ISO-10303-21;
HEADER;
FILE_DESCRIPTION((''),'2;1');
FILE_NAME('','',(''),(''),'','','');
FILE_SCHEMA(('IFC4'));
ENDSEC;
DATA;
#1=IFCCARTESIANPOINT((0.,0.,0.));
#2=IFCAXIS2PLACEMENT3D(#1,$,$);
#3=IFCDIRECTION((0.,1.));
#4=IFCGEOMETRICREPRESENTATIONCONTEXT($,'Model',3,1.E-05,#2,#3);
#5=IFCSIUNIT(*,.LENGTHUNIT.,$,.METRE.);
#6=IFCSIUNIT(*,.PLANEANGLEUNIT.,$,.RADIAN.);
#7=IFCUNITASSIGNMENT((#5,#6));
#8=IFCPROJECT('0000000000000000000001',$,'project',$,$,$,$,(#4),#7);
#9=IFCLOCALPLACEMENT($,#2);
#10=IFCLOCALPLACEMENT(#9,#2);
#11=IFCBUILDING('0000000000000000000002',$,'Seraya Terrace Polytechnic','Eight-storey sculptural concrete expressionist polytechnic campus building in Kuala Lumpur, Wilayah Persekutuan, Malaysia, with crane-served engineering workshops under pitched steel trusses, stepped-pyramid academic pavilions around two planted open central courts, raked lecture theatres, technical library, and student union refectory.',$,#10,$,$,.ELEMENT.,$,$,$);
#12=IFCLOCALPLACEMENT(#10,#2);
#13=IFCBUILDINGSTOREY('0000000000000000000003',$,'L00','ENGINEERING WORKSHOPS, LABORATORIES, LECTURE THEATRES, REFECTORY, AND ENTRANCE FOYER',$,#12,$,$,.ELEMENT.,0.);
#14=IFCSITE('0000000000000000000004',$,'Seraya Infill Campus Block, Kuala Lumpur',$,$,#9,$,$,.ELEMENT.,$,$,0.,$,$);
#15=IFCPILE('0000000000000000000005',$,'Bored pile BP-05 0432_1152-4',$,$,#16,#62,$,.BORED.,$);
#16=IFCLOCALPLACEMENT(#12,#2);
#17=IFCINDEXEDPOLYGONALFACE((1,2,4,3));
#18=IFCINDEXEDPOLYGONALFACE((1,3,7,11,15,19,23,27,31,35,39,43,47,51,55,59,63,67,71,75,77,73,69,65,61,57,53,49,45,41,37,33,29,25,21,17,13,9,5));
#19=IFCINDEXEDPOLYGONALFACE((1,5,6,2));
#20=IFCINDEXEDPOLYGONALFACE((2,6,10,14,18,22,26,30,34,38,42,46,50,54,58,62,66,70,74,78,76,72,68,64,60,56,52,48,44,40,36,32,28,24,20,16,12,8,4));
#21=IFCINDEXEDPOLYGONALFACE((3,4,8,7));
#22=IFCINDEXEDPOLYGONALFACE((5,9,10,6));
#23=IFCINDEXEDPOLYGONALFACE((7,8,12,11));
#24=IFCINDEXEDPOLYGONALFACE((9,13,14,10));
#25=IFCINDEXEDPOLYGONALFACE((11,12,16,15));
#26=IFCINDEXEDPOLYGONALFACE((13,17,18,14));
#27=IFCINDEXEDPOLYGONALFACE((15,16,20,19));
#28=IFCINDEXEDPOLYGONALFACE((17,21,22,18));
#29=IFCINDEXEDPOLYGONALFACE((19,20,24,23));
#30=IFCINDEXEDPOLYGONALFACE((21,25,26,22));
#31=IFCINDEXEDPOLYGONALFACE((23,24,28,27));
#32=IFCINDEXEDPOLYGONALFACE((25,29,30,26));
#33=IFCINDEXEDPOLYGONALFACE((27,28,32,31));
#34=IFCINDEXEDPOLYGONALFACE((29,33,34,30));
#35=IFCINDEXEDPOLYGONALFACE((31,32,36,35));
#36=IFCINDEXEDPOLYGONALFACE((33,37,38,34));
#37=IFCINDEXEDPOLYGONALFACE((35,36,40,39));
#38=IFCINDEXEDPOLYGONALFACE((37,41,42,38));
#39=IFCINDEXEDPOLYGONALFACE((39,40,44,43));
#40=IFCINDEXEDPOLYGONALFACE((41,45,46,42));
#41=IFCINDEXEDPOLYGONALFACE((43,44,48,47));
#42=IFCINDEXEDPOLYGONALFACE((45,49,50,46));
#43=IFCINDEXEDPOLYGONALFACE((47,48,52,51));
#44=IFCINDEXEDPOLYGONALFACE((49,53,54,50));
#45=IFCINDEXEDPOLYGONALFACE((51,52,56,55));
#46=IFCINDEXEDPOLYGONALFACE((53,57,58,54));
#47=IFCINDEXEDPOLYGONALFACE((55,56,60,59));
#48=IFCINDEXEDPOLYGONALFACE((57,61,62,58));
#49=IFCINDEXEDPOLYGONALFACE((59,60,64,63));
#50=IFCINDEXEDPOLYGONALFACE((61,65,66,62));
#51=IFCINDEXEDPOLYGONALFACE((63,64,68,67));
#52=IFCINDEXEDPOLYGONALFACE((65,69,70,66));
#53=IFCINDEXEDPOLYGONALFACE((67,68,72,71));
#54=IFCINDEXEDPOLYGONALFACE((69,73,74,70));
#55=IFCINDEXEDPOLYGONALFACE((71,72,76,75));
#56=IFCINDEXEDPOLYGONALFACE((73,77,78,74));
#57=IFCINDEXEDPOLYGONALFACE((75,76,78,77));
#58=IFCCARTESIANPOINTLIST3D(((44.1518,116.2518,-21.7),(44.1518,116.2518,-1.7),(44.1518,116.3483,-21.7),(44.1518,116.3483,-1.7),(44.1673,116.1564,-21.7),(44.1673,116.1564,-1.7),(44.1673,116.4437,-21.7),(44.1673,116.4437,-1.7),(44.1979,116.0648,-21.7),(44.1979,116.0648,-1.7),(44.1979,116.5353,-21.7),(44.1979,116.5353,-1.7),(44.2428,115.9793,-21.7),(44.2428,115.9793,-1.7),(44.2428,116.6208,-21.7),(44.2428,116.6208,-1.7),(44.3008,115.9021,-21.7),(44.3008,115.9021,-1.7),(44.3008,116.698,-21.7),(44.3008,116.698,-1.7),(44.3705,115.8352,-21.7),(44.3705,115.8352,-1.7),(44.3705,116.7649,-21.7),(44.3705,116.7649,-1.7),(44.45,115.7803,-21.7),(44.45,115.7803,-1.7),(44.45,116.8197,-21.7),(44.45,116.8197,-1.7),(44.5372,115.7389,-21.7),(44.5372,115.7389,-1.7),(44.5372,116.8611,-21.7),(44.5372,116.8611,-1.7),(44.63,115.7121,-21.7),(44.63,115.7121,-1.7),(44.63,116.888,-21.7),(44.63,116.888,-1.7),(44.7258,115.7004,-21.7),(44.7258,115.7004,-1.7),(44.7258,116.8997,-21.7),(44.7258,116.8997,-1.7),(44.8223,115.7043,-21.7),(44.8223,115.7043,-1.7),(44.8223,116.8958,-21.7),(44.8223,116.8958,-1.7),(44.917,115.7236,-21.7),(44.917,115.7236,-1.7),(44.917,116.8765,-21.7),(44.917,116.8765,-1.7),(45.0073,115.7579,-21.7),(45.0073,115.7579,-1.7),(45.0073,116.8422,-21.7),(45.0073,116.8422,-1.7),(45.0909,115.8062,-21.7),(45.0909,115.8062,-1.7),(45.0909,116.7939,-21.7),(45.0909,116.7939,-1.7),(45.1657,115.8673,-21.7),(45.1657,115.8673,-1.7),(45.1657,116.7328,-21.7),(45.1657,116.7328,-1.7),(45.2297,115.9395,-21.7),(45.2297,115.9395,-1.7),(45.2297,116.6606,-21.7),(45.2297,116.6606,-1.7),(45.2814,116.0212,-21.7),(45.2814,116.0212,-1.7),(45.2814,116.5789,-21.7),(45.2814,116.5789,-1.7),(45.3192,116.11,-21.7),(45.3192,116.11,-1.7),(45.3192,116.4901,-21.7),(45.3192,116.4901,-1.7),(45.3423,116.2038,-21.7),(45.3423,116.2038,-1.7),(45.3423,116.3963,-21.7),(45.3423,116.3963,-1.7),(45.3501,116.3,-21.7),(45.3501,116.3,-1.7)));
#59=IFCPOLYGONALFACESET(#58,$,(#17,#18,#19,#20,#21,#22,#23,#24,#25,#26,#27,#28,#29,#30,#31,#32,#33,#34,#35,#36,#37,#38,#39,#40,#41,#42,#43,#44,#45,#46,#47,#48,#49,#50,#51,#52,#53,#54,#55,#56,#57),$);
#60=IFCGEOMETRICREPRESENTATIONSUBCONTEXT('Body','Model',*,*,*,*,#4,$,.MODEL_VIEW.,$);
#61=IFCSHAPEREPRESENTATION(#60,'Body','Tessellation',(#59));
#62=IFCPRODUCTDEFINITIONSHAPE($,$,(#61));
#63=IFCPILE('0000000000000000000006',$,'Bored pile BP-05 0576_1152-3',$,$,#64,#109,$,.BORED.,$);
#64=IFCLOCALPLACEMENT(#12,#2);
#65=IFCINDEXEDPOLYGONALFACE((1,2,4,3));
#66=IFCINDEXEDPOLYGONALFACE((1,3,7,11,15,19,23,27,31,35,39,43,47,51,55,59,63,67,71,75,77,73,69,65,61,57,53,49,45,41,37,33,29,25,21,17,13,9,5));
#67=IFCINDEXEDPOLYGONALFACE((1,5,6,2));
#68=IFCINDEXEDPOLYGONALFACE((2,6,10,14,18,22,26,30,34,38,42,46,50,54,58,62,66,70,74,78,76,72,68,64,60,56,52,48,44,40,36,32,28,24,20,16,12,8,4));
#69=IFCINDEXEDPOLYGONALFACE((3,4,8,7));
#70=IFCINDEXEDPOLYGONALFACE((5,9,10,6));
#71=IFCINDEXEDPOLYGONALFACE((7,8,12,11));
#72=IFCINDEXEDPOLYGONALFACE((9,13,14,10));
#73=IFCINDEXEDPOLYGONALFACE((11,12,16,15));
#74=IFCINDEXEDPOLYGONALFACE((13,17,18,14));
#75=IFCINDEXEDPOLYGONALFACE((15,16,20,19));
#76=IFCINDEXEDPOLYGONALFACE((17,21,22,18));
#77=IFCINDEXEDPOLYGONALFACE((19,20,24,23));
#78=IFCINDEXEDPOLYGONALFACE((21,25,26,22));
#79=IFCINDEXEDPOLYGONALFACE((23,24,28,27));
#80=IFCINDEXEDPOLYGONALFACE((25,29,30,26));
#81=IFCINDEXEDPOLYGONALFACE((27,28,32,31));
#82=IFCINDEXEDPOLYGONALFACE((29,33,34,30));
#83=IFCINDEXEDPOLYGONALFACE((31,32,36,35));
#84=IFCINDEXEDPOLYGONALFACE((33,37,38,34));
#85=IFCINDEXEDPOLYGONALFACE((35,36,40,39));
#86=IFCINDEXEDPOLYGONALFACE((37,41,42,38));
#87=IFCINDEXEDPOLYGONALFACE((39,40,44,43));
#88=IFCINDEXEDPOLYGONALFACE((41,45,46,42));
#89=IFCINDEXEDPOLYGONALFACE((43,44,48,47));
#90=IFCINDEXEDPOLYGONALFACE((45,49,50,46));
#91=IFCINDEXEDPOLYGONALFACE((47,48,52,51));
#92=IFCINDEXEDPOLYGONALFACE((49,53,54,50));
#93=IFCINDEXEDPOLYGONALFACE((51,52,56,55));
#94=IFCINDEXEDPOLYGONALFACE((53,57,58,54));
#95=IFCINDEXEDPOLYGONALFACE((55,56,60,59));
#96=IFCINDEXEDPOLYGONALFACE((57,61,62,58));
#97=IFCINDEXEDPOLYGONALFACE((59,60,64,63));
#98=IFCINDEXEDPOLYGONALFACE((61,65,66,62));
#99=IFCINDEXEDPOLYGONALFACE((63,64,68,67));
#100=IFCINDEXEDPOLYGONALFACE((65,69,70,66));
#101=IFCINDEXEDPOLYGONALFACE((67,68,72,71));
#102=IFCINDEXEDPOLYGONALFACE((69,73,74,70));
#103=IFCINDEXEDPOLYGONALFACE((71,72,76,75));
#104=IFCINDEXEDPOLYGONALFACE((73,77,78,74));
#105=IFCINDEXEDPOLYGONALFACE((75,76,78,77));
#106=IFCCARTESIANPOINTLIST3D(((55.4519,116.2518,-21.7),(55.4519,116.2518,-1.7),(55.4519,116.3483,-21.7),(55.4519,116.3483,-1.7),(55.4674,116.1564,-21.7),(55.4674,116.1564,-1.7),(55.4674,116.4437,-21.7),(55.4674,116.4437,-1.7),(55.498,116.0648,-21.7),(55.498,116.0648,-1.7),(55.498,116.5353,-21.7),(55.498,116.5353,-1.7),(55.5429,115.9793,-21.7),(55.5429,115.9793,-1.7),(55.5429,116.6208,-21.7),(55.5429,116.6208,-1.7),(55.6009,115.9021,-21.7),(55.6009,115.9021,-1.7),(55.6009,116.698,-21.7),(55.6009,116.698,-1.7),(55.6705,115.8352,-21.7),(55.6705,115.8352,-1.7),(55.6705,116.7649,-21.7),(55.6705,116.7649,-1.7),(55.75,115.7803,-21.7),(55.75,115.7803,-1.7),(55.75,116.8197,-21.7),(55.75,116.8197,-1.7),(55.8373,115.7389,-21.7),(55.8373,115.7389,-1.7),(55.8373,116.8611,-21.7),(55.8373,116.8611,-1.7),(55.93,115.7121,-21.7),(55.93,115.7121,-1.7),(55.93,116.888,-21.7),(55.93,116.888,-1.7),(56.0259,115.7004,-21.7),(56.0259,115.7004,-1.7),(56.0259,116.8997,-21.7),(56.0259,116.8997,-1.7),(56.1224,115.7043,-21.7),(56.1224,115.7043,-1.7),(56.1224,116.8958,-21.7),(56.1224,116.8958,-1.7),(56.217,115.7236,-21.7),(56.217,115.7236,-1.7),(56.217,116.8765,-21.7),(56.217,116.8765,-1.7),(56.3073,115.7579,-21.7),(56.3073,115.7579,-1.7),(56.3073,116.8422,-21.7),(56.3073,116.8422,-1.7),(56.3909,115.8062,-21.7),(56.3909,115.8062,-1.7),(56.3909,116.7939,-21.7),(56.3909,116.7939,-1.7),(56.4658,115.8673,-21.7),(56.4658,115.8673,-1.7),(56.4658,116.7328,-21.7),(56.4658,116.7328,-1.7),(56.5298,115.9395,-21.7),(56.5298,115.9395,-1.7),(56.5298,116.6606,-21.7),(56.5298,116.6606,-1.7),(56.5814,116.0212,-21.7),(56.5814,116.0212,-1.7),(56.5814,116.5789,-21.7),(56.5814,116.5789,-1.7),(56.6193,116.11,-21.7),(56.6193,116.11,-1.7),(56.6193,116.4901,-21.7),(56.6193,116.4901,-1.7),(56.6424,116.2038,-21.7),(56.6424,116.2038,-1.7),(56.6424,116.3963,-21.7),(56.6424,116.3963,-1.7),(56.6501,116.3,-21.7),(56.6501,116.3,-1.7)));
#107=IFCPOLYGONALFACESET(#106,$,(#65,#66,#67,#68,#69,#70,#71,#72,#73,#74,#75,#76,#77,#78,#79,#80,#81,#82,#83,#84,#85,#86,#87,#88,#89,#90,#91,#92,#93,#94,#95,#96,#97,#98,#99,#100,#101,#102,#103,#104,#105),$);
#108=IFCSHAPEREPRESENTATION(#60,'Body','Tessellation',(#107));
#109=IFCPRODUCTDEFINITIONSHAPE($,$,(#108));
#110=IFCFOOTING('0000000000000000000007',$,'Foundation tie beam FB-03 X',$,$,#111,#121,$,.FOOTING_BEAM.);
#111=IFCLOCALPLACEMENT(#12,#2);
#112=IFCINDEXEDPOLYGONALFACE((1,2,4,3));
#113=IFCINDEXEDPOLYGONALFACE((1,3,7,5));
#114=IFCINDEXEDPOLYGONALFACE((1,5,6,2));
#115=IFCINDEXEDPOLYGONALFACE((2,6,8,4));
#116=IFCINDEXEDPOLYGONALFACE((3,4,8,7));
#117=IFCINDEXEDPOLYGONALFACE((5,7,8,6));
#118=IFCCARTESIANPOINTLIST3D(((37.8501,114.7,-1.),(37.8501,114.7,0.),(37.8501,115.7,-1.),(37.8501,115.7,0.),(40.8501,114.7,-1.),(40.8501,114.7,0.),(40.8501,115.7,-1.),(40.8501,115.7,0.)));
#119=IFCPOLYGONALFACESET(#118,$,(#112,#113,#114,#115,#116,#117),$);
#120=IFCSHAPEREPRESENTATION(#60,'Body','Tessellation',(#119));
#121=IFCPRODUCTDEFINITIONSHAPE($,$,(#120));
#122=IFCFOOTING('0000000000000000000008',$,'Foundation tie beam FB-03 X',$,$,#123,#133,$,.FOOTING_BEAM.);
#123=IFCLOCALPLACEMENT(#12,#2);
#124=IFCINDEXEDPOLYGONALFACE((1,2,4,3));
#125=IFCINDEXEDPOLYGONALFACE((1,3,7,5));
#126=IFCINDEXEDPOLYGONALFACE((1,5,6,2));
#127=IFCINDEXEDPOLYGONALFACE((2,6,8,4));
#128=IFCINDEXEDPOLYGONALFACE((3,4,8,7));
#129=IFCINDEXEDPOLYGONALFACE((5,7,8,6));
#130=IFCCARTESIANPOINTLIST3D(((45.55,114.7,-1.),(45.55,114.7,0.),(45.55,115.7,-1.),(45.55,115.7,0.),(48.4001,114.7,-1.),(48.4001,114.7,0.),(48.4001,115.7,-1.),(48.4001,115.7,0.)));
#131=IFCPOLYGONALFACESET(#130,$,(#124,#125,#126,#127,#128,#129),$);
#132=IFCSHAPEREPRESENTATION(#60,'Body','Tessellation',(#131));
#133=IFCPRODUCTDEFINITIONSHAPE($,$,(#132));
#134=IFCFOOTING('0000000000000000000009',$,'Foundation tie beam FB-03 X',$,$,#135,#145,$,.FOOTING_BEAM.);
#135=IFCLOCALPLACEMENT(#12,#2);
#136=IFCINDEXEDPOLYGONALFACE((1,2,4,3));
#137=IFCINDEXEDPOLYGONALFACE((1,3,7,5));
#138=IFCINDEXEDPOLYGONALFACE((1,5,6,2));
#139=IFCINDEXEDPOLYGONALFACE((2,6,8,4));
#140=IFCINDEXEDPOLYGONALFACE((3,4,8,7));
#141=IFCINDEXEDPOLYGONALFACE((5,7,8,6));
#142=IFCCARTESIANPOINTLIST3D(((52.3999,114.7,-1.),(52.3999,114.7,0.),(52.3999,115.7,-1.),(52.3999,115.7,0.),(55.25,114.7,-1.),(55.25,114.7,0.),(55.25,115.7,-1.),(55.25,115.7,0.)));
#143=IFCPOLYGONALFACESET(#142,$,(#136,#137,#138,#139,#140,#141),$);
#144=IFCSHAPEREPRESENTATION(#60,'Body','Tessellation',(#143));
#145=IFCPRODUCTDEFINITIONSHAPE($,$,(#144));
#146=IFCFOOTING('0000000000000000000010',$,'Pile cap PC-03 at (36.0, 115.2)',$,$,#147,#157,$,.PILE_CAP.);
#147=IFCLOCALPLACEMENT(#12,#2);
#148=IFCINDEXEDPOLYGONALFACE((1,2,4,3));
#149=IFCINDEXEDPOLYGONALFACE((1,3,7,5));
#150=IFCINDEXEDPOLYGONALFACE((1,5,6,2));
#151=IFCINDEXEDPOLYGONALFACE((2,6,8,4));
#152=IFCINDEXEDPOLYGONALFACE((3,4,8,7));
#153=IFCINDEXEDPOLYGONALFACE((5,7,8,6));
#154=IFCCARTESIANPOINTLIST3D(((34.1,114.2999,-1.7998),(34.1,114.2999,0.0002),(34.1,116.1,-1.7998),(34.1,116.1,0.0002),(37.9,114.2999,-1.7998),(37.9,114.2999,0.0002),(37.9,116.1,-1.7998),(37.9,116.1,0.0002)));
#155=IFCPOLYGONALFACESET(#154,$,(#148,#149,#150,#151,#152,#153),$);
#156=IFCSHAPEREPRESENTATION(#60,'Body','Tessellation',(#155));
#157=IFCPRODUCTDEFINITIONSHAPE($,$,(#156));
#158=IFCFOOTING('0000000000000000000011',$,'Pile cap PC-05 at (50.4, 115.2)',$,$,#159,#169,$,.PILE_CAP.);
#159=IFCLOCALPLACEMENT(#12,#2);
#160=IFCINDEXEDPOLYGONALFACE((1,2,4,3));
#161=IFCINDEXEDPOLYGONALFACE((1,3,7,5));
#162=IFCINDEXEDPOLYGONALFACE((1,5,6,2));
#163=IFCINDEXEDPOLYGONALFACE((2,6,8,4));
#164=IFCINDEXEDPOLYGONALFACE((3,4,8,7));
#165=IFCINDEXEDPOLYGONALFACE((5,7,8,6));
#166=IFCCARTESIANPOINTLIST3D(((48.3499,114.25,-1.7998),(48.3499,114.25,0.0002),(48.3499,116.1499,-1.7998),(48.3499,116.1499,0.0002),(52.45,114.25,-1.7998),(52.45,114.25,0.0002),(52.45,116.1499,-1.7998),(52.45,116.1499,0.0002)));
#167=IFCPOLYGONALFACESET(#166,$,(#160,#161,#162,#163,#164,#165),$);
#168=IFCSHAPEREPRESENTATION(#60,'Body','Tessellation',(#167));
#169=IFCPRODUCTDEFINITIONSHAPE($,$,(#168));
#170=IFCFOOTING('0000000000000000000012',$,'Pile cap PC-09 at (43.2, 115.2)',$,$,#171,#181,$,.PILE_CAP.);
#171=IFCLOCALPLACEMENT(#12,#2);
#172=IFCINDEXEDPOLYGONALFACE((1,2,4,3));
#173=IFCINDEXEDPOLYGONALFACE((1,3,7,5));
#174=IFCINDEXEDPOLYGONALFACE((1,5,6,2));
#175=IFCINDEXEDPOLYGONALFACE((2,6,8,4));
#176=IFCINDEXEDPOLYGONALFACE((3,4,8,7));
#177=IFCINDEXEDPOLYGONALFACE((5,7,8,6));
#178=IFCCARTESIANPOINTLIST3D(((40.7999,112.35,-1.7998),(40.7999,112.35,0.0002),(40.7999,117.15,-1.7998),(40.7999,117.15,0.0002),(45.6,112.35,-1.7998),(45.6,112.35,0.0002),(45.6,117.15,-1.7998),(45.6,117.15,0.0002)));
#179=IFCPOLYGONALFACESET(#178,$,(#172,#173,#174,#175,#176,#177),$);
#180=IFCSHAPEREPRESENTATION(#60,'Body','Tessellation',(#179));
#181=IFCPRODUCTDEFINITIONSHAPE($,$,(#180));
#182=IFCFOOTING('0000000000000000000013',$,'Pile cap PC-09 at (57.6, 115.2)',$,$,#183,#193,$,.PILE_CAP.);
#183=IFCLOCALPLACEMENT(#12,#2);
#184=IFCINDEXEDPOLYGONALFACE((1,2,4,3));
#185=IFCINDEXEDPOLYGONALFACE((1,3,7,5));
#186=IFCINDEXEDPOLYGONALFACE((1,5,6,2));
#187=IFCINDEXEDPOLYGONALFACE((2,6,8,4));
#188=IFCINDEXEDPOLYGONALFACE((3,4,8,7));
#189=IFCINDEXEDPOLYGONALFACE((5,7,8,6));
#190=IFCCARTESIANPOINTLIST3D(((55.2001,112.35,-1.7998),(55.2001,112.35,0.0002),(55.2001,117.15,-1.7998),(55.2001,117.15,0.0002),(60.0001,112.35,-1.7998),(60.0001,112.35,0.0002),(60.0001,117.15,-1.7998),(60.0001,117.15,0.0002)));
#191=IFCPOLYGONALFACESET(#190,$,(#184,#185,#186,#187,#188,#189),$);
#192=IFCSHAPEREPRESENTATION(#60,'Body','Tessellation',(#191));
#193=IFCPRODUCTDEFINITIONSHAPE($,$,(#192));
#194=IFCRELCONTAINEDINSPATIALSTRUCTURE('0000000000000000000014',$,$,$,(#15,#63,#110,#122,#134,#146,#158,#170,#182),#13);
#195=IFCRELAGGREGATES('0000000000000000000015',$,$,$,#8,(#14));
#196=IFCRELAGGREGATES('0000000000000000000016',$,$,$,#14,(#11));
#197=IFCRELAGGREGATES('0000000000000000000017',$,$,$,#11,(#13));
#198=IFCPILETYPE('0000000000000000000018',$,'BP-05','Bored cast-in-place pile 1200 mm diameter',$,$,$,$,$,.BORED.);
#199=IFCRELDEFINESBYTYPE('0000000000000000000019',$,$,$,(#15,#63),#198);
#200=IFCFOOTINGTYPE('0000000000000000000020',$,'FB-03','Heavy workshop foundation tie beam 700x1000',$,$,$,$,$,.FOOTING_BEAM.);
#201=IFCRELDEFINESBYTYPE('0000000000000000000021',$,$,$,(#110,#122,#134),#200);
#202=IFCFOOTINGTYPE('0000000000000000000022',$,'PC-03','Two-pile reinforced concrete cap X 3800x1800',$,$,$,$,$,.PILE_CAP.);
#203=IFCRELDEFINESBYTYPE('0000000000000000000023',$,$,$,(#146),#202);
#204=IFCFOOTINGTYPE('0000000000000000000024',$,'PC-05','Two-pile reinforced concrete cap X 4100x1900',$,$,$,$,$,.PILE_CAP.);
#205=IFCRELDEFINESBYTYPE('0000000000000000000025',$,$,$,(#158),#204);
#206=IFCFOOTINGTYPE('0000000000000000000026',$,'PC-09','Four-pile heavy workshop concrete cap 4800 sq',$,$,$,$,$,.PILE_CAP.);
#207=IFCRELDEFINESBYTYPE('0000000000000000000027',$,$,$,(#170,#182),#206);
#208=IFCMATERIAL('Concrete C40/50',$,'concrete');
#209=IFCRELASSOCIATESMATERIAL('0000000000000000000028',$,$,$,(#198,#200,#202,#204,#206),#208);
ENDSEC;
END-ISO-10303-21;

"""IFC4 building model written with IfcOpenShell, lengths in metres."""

from ifc_helpers import new_model, si_unit, direction, frame, origin, origin_2d, place, context, subcontext, project, spatial, rectangle, circle, extrude, material, material_profile, profile_set, type_object, element, save


model = new_model("IFC4")

# Units and contexts
model_context = context("Model", 3, precision=1e-05, world=origin(), true_north=direction((0.0, 1.0)))
body_context = subcontext(model_context, "Body", "Model", "MODEL_VIEW")
ifc_project = project(units=[si_unit("LENGTHUNIT", "METRE"), si_unit("PLANEANGLEUNIT", "RADIAN")], contexts=[model_context])

# Site, building, storey
site_placement = place(None, origin())
site = spatial("IfcSite", under=ifc_project, at=site_placement, Name="Seraya Infill Campus Block, Kuala Lumpur", CompositionType="ELEMENT", RefElevation=0.0)
building_placement = place(site_placement, origin())
building = spatial("IfcBuilding", under=site, at=building_placement, Name="Seraya Terrace Polytechnic", Description="Eight-storey sculptural concrete expressionist polytechnic campus building in Kuala Lumpur, Wilayah Persekutuan, Malaysia, with crane-served engineering workshops under pitched steel trusses, stepped-pyramid academic pavilions around two planted open central courts, raked lecture theatres, technical library, and student union refectory.", CompositionType="ELEMENT")
storey_placement = place(building_placement, origin())
storey = spatial("IfcBuildingStorey", under=building, at=storey_placement, Name="L00", Description="ENGINEERING WORKSHOPS, LABORATORIES, LECTURE THEATRES, REFECTORY, AND ENTRANCE FOYER", CompositionType="ELEMENT", Elevation=0.0)

# Piles
ifc_material_1 = material(Name="Concrete C40/50", Category="concrete")
ifc_material_profile_1 = material_profile(ifc_material_1, circle(Radius=0.6001, at=origin_2d()), Name="DIA 1200")
ifc_profile_set_1 = profile_set([ifc_material_profile_1], Name="Concrete C40/50")
pile_type_1 = type_object("IfcPileType", Name="BP-05", Description="Bored cast-in-place pile 1200 mm diameter", PredefinedType="BORED", material=ifc_profile_set_1)
for number, where, z_axis, x_axis, name in (
    (1, (44.75, 116.3, -1.7), (0.0, 0.0, -1.0), (1.0, 0.0, 0.0), "Bored pile BP-05 0432_1152-4"),
    (2, (56.05, 116.3, -1.7), (0.0, 0.0, -1.0), (1.0, 0.0, 0.0), "Bored pile BP-05 0576_1152-3"),
):
    element("IfcPile", number, at=place(storey_placement, frame(where, z_axis=z_axis, x_axis=x_axis)), inside=storey, type_object=pile_type_1, Name=name, PredefinedType="BORED", context=body_context, shape_type="SweptSolid", body=[
        extrude(circle(Radius=0.6001, at=origin_2d()), origin(), (0.0, 0.0, 1.0), 20.0),
    ])

# Footings
footing_type_1 = type_object("IfcFootingType", Name="FB-03", Description="Heavy workshop foundation tie beam 700x1000", PredefinedType="FOOTING_BEAM", material=ifc_material_1)
footing_1_placement = place(storey_placement, frame((39.3501, 115.2, -1.0), z_axis=(0.0, 0.0, 1.0), x_axis=(1.0, 0.0, 0.0)))
element("IfcFooting", 3, at=footing_1_placement, inside=storey, type_object=footing_type_1, Name="Foundation tie beam FB-03 X", PredefinedType="FOOTING_BEAM", context=body_context, shape_type="SweptSolid", body=[
    extrude(rectangle(XDim=3.0, YDim=1.0, at=origin_2d()), origin(), (0.0, 0.0, 1.0), 1.0),
])
for number, where, z_axis, x_axis, name in (
    (4, (46.9751, 115.2, -1.0), (0.0, 0.0, 1.0), (1.0, 0.0, 0.0), "Foundation tie beam FB-03 X"),
    (5, (53.825, 115.2, -1.0), (0.0, 0.0, 1.0), (1.0, 0.0, 0.0), "Foundation tie beam FB-03 X"),
):
    element("IfcFooting", number, at=place(storey_placement, frame(where, z_axis=z_axis, x_axis=x_axis)), inside=storey, type_object=footing_type_1, Name=name, PredefinedType="FOOTING_BEAM", context=body_context, shape_type="SweptSolid", body=[
        extrude(rectangle(XDim=2.8501, YDim=1.0, at=origin_2d()), origin(), (0.0, 0.0, 1.0), 1.0),
    ])
footing_type_2 = type_object("IfcFootingType", Name="PC-03", Description="Two-pile reinforced concrete cap X 3800x1800", PredefinedType="PILE_CAP", material=ifc_material_1)
footing_2_placement = place(storey_placement, frame((36.0, 115.2, -1.7998), z_axis=(0.0, 0.0, 1.0), x_axis=(1.0, 0.0, 0.0)))
element("IfcFooting", 6, at=footing_2_placement, inside=storey, type_object=footing_type_2, Name="Pile cap PC-03 at (36.0, 115.2)", PredefinedType="PILE_CAP", context=body_context, shape_type="SweptSolid", body=[
    extrude(rectangle(XDim=3.8, YDim=1.8, at=origin_2d()), origin(), (0.0, 0.0, 1.0), 1.8),
])
footing_type_3 = type_object("IfcFootingType", Name="PC-05", Description="Two-pile reinforced concrete cap X 4100x1900", PredefinedType="PILE_CAP", material=ifc_material_1)
footing_3_placement = place(storey_placement, frame((50.3999, 115.2, -1.7998), z_axis=(0.0, 0.0, 1.0), x_axis=(1.0, 0.0, 0.0)))
element("IfcFooting", 7, at=footing_3_placement, inside=storey, type_object=footing_type_3, Name="Pile cap PC-05 at (50.4, 115.2)", PredefinedType="PILE_CAP", context=body_context, shape_type="SweptSolid", body=[
    extrude(rectangle(XDim=4.1001, YDim=1.8999, at=origin_2d()), origin(), (0.0, 0.0, 1.0), 1.8),
])
footing_type_4 = type_object("IfcFootingType", Name="PC-09", Description="Four-pile heavy workshop concrete cap 4800 sq", PredefinedType="PILE_CAP", material=ifc_material_1)
for number, where, z_axis, x_axis, name in (
    (8, (43.2, 114.75, -1.7998), (0.0, 0.0, 1.0), (1.0, 0.0, 0.0), "Pile cap PC-09 at (43.2, 115.2)"),
    (9, (57.6001, 114.75, -1.7998), (0.0, 0.0, 1.0), (1.0, 0.0, 0.0), "Pile cap PC-09 at (57.6, 115.2)"),
):
    element("IfcFooting", number, at=place(storey_placement, frame(where, z_axis=z_axis, x_axis=x_axis)), inside=storey, type_object=footing_type_4, Name=name, PredefinedType="PILE_CAP", context=body_context, shape_type="SweptSolid", body=[
        extrude(rectangle(XDim=4.8, YDim=4.8, at=origin_2d()), origin(), (0.0, 0.0, 1.0), 1.8),
    ])

save(model, "model.ifc")
